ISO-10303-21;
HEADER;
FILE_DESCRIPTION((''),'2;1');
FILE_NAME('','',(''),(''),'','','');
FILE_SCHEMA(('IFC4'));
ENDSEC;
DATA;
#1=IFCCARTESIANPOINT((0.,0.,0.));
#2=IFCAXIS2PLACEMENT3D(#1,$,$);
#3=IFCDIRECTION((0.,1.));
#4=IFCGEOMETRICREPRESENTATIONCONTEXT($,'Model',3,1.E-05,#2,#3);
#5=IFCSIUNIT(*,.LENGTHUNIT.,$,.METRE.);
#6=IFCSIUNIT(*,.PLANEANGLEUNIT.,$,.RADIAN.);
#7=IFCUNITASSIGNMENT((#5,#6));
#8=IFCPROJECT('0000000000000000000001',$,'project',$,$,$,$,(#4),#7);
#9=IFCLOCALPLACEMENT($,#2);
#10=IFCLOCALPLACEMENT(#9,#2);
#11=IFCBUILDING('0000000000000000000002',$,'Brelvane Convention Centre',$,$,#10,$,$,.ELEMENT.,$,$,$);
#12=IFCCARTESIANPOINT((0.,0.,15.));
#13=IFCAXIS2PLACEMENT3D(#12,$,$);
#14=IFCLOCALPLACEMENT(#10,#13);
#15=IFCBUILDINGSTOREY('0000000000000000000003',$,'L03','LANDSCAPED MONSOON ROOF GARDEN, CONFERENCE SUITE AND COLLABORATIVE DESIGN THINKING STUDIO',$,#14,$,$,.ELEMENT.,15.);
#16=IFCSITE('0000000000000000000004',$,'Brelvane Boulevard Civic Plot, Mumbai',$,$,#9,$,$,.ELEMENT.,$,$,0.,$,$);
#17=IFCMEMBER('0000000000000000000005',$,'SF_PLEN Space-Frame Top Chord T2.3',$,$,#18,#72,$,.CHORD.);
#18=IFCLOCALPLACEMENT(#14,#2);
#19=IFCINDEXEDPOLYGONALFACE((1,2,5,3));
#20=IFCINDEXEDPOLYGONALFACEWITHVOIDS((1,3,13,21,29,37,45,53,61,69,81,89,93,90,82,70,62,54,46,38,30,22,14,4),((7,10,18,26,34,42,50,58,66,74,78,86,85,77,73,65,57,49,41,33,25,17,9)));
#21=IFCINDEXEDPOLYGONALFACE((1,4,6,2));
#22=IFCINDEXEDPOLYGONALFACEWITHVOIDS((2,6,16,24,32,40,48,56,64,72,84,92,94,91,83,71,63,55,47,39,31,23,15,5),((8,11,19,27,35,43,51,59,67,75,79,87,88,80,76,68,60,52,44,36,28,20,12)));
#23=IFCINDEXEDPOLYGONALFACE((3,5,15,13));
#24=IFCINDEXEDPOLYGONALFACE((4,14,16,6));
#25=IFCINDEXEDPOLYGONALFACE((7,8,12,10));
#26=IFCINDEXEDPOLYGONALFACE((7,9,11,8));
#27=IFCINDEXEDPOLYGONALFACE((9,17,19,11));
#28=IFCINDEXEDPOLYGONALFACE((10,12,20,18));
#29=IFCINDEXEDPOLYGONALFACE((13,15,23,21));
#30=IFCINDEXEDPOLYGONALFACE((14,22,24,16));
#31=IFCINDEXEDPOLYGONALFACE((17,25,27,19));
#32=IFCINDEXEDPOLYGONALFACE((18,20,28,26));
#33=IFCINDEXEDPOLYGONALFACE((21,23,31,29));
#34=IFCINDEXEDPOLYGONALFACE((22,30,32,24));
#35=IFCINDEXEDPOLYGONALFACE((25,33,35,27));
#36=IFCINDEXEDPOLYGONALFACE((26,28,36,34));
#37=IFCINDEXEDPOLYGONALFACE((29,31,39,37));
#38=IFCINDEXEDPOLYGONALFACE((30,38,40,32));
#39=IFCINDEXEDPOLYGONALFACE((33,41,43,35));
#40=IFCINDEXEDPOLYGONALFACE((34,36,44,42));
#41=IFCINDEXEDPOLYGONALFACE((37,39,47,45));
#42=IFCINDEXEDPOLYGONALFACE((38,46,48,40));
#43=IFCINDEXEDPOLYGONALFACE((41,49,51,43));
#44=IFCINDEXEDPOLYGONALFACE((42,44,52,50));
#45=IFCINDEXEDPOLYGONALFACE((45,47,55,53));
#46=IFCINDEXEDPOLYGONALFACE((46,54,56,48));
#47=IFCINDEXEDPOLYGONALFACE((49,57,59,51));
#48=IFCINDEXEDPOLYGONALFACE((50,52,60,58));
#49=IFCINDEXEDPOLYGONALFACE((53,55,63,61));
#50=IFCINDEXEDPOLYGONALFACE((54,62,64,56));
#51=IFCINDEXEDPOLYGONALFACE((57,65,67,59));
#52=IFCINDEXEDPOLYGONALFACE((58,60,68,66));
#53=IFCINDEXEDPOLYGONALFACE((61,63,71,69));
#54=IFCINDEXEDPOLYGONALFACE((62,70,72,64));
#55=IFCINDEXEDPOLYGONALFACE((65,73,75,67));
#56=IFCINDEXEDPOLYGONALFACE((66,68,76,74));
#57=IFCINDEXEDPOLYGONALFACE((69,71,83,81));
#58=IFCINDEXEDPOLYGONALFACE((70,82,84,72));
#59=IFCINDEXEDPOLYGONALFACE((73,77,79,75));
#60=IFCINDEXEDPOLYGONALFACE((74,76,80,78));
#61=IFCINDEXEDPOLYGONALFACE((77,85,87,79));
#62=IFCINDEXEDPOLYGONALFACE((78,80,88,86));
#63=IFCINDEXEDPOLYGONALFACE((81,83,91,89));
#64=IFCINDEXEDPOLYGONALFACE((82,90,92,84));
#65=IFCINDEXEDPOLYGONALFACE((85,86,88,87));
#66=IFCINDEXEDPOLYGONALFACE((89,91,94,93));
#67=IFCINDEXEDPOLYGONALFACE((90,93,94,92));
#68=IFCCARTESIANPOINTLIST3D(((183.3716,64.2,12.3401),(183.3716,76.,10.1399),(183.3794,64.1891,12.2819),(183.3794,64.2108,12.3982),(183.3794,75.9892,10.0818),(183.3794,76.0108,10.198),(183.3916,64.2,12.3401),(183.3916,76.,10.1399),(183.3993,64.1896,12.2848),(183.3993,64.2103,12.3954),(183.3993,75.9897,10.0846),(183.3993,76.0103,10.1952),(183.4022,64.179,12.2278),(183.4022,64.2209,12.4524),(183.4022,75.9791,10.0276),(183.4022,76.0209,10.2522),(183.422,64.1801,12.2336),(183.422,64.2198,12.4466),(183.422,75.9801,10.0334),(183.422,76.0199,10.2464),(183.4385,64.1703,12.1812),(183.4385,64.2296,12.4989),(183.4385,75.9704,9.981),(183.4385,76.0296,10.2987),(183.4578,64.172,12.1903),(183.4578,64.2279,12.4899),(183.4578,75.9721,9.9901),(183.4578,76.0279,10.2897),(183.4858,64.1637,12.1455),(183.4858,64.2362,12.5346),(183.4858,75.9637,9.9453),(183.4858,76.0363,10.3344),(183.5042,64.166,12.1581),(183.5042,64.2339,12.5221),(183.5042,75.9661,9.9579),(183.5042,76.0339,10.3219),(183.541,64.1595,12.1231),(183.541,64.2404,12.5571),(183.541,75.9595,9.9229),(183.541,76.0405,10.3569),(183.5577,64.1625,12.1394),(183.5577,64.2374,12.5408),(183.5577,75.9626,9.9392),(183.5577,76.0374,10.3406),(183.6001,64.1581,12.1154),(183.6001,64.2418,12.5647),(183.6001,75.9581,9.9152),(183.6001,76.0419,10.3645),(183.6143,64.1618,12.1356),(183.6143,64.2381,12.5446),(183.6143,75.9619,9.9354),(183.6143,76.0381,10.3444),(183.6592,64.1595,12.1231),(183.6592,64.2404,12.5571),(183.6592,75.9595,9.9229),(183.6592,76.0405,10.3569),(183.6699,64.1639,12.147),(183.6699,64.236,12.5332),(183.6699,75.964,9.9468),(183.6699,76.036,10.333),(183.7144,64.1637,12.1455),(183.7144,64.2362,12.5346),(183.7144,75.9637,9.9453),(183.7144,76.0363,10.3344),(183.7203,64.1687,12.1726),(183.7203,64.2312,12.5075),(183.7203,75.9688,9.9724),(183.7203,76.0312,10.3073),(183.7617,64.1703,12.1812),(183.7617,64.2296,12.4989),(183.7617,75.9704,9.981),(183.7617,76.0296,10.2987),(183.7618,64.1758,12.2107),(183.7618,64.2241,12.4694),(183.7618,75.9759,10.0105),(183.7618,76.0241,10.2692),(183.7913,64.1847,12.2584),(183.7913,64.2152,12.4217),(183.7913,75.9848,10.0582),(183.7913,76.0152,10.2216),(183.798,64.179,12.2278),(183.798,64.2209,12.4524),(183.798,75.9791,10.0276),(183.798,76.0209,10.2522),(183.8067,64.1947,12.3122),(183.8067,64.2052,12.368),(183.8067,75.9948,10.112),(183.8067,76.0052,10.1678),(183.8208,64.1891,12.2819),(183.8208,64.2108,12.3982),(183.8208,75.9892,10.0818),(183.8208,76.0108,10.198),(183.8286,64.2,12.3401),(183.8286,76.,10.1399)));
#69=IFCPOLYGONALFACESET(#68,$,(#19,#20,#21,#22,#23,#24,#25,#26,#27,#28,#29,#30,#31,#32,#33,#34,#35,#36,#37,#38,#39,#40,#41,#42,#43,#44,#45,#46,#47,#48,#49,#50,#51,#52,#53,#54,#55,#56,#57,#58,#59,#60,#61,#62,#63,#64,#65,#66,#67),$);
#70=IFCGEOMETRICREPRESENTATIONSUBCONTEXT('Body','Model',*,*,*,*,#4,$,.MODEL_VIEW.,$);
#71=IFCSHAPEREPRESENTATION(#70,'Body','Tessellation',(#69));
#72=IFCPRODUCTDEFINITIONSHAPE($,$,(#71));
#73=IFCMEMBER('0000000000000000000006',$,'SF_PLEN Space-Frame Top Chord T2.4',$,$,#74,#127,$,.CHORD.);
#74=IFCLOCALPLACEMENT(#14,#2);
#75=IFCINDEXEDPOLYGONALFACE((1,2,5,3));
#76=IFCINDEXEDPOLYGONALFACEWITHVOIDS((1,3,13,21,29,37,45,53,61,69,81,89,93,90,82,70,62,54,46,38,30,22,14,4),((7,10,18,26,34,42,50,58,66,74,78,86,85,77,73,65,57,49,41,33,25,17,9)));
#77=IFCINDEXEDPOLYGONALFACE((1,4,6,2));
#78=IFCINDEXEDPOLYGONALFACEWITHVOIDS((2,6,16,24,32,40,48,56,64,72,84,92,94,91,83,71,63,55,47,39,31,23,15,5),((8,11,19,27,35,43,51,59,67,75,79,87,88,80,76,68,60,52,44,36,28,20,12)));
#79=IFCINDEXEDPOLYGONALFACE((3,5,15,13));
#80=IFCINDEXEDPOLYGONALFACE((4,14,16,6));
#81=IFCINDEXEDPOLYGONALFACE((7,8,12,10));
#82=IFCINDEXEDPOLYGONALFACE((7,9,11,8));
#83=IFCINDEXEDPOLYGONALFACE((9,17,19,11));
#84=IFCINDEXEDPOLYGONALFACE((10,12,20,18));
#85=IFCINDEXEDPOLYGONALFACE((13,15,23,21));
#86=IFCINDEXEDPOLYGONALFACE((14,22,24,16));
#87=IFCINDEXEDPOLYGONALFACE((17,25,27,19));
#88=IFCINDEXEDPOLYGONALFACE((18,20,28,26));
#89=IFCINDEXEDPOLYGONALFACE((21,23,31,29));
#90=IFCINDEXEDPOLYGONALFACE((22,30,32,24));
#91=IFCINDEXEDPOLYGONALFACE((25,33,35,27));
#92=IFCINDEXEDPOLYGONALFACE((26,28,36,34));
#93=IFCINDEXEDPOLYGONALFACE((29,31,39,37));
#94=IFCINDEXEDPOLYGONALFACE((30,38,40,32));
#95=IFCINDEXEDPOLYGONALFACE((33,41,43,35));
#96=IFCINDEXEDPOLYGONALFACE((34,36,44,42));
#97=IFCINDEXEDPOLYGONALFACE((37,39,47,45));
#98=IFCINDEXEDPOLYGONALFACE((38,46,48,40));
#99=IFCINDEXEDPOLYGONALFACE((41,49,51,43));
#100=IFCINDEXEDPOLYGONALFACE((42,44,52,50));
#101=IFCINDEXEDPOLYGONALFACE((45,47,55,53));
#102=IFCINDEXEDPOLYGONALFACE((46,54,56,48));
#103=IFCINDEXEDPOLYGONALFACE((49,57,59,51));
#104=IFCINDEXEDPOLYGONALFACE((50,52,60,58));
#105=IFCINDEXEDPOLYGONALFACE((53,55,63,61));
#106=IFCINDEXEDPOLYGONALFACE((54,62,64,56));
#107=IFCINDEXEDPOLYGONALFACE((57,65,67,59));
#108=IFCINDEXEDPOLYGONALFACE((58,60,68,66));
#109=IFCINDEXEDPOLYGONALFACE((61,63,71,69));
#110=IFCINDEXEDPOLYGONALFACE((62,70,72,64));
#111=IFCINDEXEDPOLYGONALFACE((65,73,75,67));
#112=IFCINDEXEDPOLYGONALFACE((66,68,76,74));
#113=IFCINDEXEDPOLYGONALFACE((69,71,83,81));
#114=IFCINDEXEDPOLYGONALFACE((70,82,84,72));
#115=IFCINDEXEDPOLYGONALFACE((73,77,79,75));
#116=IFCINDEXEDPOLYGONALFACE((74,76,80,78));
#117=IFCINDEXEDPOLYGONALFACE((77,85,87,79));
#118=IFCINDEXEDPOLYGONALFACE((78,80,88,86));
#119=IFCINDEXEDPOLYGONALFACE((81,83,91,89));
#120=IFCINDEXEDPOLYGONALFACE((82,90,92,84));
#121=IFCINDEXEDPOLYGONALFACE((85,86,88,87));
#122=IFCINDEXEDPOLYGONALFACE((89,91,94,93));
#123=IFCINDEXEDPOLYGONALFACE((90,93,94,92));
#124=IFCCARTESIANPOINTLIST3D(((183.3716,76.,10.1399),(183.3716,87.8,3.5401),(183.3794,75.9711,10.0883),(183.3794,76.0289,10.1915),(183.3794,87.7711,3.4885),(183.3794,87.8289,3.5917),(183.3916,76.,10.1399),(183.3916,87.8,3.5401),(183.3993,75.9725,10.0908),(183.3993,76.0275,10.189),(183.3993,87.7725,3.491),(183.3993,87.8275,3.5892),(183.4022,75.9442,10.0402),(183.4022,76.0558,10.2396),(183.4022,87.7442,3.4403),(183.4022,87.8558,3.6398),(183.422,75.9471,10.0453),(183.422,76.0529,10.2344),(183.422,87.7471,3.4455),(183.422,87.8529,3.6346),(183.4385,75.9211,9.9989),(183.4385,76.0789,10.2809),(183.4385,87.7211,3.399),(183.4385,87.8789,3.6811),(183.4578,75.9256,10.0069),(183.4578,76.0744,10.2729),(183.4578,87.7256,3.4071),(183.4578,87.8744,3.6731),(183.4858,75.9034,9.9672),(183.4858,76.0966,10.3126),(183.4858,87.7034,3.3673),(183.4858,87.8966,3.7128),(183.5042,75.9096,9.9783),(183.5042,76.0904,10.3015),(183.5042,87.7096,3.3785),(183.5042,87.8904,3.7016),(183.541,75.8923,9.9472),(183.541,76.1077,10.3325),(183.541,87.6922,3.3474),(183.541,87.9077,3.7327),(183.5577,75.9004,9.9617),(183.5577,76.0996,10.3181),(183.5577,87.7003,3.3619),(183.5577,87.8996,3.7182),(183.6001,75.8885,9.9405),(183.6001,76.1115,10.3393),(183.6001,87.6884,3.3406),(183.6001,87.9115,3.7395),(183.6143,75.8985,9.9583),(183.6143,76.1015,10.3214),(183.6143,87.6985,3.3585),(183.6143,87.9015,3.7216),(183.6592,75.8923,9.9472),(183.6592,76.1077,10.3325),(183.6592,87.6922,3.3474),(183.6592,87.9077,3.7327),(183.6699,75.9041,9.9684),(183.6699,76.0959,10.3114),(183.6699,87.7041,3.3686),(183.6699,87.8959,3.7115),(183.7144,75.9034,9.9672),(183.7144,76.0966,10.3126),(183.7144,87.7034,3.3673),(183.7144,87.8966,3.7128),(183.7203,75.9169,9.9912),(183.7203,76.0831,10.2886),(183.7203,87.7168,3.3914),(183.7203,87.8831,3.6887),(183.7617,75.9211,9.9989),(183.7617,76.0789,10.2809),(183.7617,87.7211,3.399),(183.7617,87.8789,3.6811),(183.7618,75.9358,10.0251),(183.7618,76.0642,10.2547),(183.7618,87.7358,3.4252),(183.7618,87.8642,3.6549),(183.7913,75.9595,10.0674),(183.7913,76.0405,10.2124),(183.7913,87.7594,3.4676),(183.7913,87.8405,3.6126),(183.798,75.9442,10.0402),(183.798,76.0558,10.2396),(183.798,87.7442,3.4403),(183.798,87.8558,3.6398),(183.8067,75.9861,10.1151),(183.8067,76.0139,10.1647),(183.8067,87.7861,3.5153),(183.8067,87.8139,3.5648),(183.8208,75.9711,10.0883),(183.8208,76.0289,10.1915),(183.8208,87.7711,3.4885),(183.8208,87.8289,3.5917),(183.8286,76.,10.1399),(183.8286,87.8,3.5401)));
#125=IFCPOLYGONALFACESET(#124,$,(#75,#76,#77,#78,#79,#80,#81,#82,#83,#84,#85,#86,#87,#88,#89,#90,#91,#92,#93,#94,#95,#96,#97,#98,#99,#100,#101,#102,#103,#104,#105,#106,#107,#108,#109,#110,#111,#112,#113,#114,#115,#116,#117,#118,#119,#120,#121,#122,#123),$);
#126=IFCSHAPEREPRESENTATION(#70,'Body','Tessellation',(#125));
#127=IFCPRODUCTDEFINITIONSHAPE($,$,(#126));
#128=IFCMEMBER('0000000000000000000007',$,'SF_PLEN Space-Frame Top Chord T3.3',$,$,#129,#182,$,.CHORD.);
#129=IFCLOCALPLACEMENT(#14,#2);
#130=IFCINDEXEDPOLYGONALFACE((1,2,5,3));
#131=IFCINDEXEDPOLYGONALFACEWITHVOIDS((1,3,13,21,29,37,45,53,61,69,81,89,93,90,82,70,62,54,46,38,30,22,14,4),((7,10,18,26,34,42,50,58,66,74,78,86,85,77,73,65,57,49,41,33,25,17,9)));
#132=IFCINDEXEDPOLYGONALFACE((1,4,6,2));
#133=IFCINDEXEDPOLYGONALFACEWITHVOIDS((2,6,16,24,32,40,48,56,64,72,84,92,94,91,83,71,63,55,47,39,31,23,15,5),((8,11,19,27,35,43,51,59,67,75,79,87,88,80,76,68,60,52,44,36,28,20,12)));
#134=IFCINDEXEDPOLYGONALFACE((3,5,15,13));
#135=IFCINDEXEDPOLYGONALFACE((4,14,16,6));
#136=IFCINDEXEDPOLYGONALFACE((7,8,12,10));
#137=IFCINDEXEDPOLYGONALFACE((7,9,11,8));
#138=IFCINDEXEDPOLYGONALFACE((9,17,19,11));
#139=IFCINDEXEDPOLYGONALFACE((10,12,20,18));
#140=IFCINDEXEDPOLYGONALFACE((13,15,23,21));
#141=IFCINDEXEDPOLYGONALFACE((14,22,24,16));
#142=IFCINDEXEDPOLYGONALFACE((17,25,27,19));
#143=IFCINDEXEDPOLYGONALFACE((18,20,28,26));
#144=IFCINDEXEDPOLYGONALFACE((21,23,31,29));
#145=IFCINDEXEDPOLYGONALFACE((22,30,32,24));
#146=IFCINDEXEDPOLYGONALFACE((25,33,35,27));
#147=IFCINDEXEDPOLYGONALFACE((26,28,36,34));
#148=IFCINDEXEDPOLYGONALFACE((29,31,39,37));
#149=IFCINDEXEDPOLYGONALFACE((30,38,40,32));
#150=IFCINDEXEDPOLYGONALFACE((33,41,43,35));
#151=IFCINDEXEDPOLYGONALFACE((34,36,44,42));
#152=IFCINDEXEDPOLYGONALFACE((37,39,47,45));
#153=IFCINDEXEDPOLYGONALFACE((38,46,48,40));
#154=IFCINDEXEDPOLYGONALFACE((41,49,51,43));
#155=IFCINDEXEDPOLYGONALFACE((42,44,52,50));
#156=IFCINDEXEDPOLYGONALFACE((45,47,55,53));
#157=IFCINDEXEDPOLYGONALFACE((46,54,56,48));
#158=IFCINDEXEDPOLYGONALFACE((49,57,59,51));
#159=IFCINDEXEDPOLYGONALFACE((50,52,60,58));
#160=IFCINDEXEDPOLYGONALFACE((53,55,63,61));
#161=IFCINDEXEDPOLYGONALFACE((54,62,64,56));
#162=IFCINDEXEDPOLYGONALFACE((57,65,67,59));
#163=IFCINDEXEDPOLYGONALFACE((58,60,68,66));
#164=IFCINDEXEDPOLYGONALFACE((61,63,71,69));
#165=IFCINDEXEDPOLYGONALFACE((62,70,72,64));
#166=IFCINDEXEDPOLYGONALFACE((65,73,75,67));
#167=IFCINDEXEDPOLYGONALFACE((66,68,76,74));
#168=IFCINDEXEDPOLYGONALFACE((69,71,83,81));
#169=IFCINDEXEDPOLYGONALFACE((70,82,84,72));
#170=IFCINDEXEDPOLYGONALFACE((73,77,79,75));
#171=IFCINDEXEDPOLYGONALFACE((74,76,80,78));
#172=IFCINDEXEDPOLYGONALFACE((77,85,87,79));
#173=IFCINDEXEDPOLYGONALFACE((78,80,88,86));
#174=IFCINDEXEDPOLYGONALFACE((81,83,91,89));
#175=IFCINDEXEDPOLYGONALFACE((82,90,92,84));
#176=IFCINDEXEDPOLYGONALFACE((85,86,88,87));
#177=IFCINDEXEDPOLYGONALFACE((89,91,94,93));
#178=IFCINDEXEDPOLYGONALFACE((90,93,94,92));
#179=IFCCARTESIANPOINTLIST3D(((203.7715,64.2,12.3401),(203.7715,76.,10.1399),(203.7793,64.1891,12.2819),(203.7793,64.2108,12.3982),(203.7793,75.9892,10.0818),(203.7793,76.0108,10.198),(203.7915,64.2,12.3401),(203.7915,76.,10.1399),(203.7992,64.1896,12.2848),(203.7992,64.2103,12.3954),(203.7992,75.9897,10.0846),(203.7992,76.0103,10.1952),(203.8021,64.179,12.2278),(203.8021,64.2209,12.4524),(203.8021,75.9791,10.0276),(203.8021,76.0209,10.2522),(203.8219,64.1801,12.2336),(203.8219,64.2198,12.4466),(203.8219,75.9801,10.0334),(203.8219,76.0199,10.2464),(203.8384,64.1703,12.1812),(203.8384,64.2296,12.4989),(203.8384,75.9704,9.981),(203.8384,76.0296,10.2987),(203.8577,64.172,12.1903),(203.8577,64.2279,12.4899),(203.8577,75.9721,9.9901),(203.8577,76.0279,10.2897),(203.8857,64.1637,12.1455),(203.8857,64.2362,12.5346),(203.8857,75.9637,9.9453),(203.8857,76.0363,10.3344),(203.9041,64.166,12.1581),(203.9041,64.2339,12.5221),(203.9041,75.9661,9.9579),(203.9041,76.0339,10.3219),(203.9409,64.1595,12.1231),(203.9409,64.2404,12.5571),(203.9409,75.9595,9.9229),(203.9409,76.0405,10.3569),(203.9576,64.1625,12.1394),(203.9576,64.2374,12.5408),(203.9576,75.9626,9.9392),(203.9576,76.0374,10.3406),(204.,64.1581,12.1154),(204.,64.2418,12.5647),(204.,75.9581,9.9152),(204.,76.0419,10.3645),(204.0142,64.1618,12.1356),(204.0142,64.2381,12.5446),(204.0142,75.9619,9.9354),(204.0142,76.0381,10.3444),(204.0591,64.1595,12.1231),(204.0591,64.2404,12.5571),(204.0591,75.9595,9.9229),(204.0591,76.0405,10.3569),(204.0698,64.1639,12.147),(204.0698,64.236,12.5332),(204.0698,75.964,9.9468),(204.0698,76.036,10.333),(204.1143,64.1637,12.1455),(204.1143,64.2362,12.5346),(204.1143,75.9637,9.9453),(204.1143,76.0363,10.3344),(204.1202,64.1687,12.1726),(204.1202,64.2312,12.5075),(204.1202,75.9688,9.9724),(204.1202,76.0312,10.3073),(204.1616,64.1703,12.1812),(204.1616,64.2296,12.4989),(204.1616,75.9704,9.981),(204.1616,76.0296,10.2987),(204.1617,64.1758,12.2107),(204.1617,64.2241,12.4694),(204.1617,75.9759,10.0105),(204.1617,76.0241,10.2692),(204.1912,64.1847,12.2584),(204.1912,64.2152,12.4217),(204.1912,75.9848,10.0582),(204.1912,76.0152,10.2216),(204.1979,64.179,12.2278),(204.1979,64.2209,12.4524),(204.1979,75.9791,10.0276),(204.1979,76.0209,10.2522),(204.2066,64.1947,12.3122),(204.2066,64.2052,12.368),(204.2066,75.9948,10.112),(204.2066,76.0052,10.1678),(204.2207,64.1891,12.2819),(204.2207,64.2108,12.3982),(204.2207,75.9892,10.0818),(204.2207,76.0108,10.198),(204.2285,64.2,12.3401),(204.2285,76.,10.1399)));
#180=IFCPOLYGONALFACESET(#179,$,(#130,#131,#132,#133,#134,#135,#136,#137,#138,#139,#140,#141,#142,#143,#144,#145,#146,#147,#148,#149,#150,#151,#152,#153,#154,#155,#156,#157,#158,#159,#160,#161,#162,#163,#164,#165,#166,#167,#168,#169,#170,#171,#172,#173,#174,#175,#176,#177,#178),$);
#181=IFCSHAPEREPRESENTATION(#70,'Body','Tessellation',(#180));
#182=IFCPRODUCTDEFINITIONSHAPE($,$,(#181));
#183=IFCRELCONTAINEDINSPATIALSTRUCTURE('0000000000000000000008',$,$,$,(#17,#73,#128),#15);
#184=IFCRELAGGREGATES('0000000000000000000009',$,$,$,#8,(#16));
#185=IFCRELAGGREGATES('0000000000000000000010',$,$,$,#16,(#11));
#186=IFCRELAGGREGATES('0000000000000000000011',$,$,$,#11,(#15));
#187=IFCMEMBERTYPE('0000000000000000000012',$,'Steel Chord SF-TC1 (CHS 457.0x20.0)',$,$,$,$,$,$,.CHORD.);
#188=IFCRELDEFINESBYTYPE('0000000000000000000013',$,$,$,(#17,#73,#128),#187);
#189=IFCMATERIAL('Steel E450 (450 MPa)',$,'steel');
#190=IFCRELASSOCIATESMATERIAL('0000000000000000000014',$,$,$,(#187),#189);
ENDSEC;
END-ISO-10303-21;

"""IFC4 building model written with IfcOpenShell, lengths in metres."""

from ifc_helpers import new_model, si_unit, direction, frame, origin, origin_2d, place, context, subcontext, project, spatial, hollow_circle, extrude, material, material_profile, profile_set, type_object, element, save


model = new_model("IFC4")

# Units and contexts
model_context = context("Model", 3, precision=1e-05, world=origin(), true_north=direction((0.0, 1.0)))
body_context = subcontext(model_context, "Body", "Model", "MODEL_VIEW")
ifc_project = project(units=[si_unit("LENGTHUNIT", "METRE"), si_unit("PLANEANGLEUNIT", "RADIAN")], contexts=[model_context])

# Site, building, storey
site_placement = place(None, origin())
site = spatial("IfcSite", under=ifc_project, at=site_placement, Name="Brelvane Boulevard Civic Plot, Mumbai", CompositionType="ELEMENT", RefElevation=0.0)
building_placement = place(site_placement, origin())
building = spatial("IfcBuilding", under=site, at=building_placement, Name="Brelvane Convention Centre", CompositionType="ELEMENT")
storey_placement = place(building_placement, frame((0.0, 0.0, 15.0)))
storey = spatial("IfcBuildingStorey", under=building, at=storey_placement, Name="L03", Description="LANDSCAPED MONSOON ROOF GARDEN, CONFERENCE SUITE AND COLLABORATIVE DESIGN THINKING STUDIO", CompositionType="ELEMENT", Elevation=15.0)

# Members
ifc_material_1 = material(Name="Steel E450 (450 MPa)", Category="steel")
ifc_material_profile_1 = material_profile(ifc_material_1, hollow_circle(Radius=0.2285, WallThickness=0.02, at=origin_2d()), Name="CHS 457.0x20.0")
ifc_profile_set_1 = profile_set([ifc_material_profile_1], Name="Steel E450 (450 MPa)")
member_type_1 = type_object("IfcMemberType", Name="Steel Chord SF-TC1 (CHS 457.0x20.0)", PredefinedType="CHORD", material=ifc_profile_set_1)
member_1_placement = place(storey_placement, frame((183.6001, 64.2, 12.3401), z_axis=(0.0, 0.983058, -0.183297), x_axis=(-1.0, 0.0, 0.0)))
element("IfcMember", 1, at=member_1_placement, inside=storey, type_object=member_type_1, Name="SF_PLEN Space-Frame Top Chord T2.3", PredefinedType="CHORD", context=body_context, shape_type="SweptSolid", body=[
    extrude(hollow_circle(Radius=0.2285, WallThickness=0.02, at=origin_2d()), origin(), (0.0, 0.0, 1.0), 12.0034),
])
member_2_placement = place(storey_placement, frame((183.6001, 76.0, 10.1399), z_axis=(0.0, 0.872764, -0.488143), x_axis=(-1.0, 0.0, 0.0)))
element("IfcMember", 2, at=member_2_placement, inside=storey, type_object=member_type_1, Name="SF_PLEN Space-Frame Top Chord T2.4", PredefinedType="CHORD", context=body_context, shape_type="SweptSolid", body=[
    extrude(hollow_circle(Radius=0.2285, WallThickness=0.02, at=origin_2d()), origin(), (0.0, 0.0, 1.0), 13.5203),
])
member_3_placement = place(storey_placement, frame((204.0, 64.2, 12.3401), z_axis=(0.0, 0.983058, -0.183297), x_axis=(-1.0, 0.0, 0.0)))
element("IfcMember", 3, at=member_3_placement, inside=storey, type_object=member_type_1, Name="SF_PLEN Space-Frame Top Chord T3.3", PredefinedType="CHORD", context=body_context, shape_type="SweptSolid", body=[
    extrude(hollow_circle(Radius=0.2285, WallThickness=0.02, at=origin_2d()), origin(), (0.0, 0.0, 1.0), 12.0034),
])

save(model, "model.ifc")
